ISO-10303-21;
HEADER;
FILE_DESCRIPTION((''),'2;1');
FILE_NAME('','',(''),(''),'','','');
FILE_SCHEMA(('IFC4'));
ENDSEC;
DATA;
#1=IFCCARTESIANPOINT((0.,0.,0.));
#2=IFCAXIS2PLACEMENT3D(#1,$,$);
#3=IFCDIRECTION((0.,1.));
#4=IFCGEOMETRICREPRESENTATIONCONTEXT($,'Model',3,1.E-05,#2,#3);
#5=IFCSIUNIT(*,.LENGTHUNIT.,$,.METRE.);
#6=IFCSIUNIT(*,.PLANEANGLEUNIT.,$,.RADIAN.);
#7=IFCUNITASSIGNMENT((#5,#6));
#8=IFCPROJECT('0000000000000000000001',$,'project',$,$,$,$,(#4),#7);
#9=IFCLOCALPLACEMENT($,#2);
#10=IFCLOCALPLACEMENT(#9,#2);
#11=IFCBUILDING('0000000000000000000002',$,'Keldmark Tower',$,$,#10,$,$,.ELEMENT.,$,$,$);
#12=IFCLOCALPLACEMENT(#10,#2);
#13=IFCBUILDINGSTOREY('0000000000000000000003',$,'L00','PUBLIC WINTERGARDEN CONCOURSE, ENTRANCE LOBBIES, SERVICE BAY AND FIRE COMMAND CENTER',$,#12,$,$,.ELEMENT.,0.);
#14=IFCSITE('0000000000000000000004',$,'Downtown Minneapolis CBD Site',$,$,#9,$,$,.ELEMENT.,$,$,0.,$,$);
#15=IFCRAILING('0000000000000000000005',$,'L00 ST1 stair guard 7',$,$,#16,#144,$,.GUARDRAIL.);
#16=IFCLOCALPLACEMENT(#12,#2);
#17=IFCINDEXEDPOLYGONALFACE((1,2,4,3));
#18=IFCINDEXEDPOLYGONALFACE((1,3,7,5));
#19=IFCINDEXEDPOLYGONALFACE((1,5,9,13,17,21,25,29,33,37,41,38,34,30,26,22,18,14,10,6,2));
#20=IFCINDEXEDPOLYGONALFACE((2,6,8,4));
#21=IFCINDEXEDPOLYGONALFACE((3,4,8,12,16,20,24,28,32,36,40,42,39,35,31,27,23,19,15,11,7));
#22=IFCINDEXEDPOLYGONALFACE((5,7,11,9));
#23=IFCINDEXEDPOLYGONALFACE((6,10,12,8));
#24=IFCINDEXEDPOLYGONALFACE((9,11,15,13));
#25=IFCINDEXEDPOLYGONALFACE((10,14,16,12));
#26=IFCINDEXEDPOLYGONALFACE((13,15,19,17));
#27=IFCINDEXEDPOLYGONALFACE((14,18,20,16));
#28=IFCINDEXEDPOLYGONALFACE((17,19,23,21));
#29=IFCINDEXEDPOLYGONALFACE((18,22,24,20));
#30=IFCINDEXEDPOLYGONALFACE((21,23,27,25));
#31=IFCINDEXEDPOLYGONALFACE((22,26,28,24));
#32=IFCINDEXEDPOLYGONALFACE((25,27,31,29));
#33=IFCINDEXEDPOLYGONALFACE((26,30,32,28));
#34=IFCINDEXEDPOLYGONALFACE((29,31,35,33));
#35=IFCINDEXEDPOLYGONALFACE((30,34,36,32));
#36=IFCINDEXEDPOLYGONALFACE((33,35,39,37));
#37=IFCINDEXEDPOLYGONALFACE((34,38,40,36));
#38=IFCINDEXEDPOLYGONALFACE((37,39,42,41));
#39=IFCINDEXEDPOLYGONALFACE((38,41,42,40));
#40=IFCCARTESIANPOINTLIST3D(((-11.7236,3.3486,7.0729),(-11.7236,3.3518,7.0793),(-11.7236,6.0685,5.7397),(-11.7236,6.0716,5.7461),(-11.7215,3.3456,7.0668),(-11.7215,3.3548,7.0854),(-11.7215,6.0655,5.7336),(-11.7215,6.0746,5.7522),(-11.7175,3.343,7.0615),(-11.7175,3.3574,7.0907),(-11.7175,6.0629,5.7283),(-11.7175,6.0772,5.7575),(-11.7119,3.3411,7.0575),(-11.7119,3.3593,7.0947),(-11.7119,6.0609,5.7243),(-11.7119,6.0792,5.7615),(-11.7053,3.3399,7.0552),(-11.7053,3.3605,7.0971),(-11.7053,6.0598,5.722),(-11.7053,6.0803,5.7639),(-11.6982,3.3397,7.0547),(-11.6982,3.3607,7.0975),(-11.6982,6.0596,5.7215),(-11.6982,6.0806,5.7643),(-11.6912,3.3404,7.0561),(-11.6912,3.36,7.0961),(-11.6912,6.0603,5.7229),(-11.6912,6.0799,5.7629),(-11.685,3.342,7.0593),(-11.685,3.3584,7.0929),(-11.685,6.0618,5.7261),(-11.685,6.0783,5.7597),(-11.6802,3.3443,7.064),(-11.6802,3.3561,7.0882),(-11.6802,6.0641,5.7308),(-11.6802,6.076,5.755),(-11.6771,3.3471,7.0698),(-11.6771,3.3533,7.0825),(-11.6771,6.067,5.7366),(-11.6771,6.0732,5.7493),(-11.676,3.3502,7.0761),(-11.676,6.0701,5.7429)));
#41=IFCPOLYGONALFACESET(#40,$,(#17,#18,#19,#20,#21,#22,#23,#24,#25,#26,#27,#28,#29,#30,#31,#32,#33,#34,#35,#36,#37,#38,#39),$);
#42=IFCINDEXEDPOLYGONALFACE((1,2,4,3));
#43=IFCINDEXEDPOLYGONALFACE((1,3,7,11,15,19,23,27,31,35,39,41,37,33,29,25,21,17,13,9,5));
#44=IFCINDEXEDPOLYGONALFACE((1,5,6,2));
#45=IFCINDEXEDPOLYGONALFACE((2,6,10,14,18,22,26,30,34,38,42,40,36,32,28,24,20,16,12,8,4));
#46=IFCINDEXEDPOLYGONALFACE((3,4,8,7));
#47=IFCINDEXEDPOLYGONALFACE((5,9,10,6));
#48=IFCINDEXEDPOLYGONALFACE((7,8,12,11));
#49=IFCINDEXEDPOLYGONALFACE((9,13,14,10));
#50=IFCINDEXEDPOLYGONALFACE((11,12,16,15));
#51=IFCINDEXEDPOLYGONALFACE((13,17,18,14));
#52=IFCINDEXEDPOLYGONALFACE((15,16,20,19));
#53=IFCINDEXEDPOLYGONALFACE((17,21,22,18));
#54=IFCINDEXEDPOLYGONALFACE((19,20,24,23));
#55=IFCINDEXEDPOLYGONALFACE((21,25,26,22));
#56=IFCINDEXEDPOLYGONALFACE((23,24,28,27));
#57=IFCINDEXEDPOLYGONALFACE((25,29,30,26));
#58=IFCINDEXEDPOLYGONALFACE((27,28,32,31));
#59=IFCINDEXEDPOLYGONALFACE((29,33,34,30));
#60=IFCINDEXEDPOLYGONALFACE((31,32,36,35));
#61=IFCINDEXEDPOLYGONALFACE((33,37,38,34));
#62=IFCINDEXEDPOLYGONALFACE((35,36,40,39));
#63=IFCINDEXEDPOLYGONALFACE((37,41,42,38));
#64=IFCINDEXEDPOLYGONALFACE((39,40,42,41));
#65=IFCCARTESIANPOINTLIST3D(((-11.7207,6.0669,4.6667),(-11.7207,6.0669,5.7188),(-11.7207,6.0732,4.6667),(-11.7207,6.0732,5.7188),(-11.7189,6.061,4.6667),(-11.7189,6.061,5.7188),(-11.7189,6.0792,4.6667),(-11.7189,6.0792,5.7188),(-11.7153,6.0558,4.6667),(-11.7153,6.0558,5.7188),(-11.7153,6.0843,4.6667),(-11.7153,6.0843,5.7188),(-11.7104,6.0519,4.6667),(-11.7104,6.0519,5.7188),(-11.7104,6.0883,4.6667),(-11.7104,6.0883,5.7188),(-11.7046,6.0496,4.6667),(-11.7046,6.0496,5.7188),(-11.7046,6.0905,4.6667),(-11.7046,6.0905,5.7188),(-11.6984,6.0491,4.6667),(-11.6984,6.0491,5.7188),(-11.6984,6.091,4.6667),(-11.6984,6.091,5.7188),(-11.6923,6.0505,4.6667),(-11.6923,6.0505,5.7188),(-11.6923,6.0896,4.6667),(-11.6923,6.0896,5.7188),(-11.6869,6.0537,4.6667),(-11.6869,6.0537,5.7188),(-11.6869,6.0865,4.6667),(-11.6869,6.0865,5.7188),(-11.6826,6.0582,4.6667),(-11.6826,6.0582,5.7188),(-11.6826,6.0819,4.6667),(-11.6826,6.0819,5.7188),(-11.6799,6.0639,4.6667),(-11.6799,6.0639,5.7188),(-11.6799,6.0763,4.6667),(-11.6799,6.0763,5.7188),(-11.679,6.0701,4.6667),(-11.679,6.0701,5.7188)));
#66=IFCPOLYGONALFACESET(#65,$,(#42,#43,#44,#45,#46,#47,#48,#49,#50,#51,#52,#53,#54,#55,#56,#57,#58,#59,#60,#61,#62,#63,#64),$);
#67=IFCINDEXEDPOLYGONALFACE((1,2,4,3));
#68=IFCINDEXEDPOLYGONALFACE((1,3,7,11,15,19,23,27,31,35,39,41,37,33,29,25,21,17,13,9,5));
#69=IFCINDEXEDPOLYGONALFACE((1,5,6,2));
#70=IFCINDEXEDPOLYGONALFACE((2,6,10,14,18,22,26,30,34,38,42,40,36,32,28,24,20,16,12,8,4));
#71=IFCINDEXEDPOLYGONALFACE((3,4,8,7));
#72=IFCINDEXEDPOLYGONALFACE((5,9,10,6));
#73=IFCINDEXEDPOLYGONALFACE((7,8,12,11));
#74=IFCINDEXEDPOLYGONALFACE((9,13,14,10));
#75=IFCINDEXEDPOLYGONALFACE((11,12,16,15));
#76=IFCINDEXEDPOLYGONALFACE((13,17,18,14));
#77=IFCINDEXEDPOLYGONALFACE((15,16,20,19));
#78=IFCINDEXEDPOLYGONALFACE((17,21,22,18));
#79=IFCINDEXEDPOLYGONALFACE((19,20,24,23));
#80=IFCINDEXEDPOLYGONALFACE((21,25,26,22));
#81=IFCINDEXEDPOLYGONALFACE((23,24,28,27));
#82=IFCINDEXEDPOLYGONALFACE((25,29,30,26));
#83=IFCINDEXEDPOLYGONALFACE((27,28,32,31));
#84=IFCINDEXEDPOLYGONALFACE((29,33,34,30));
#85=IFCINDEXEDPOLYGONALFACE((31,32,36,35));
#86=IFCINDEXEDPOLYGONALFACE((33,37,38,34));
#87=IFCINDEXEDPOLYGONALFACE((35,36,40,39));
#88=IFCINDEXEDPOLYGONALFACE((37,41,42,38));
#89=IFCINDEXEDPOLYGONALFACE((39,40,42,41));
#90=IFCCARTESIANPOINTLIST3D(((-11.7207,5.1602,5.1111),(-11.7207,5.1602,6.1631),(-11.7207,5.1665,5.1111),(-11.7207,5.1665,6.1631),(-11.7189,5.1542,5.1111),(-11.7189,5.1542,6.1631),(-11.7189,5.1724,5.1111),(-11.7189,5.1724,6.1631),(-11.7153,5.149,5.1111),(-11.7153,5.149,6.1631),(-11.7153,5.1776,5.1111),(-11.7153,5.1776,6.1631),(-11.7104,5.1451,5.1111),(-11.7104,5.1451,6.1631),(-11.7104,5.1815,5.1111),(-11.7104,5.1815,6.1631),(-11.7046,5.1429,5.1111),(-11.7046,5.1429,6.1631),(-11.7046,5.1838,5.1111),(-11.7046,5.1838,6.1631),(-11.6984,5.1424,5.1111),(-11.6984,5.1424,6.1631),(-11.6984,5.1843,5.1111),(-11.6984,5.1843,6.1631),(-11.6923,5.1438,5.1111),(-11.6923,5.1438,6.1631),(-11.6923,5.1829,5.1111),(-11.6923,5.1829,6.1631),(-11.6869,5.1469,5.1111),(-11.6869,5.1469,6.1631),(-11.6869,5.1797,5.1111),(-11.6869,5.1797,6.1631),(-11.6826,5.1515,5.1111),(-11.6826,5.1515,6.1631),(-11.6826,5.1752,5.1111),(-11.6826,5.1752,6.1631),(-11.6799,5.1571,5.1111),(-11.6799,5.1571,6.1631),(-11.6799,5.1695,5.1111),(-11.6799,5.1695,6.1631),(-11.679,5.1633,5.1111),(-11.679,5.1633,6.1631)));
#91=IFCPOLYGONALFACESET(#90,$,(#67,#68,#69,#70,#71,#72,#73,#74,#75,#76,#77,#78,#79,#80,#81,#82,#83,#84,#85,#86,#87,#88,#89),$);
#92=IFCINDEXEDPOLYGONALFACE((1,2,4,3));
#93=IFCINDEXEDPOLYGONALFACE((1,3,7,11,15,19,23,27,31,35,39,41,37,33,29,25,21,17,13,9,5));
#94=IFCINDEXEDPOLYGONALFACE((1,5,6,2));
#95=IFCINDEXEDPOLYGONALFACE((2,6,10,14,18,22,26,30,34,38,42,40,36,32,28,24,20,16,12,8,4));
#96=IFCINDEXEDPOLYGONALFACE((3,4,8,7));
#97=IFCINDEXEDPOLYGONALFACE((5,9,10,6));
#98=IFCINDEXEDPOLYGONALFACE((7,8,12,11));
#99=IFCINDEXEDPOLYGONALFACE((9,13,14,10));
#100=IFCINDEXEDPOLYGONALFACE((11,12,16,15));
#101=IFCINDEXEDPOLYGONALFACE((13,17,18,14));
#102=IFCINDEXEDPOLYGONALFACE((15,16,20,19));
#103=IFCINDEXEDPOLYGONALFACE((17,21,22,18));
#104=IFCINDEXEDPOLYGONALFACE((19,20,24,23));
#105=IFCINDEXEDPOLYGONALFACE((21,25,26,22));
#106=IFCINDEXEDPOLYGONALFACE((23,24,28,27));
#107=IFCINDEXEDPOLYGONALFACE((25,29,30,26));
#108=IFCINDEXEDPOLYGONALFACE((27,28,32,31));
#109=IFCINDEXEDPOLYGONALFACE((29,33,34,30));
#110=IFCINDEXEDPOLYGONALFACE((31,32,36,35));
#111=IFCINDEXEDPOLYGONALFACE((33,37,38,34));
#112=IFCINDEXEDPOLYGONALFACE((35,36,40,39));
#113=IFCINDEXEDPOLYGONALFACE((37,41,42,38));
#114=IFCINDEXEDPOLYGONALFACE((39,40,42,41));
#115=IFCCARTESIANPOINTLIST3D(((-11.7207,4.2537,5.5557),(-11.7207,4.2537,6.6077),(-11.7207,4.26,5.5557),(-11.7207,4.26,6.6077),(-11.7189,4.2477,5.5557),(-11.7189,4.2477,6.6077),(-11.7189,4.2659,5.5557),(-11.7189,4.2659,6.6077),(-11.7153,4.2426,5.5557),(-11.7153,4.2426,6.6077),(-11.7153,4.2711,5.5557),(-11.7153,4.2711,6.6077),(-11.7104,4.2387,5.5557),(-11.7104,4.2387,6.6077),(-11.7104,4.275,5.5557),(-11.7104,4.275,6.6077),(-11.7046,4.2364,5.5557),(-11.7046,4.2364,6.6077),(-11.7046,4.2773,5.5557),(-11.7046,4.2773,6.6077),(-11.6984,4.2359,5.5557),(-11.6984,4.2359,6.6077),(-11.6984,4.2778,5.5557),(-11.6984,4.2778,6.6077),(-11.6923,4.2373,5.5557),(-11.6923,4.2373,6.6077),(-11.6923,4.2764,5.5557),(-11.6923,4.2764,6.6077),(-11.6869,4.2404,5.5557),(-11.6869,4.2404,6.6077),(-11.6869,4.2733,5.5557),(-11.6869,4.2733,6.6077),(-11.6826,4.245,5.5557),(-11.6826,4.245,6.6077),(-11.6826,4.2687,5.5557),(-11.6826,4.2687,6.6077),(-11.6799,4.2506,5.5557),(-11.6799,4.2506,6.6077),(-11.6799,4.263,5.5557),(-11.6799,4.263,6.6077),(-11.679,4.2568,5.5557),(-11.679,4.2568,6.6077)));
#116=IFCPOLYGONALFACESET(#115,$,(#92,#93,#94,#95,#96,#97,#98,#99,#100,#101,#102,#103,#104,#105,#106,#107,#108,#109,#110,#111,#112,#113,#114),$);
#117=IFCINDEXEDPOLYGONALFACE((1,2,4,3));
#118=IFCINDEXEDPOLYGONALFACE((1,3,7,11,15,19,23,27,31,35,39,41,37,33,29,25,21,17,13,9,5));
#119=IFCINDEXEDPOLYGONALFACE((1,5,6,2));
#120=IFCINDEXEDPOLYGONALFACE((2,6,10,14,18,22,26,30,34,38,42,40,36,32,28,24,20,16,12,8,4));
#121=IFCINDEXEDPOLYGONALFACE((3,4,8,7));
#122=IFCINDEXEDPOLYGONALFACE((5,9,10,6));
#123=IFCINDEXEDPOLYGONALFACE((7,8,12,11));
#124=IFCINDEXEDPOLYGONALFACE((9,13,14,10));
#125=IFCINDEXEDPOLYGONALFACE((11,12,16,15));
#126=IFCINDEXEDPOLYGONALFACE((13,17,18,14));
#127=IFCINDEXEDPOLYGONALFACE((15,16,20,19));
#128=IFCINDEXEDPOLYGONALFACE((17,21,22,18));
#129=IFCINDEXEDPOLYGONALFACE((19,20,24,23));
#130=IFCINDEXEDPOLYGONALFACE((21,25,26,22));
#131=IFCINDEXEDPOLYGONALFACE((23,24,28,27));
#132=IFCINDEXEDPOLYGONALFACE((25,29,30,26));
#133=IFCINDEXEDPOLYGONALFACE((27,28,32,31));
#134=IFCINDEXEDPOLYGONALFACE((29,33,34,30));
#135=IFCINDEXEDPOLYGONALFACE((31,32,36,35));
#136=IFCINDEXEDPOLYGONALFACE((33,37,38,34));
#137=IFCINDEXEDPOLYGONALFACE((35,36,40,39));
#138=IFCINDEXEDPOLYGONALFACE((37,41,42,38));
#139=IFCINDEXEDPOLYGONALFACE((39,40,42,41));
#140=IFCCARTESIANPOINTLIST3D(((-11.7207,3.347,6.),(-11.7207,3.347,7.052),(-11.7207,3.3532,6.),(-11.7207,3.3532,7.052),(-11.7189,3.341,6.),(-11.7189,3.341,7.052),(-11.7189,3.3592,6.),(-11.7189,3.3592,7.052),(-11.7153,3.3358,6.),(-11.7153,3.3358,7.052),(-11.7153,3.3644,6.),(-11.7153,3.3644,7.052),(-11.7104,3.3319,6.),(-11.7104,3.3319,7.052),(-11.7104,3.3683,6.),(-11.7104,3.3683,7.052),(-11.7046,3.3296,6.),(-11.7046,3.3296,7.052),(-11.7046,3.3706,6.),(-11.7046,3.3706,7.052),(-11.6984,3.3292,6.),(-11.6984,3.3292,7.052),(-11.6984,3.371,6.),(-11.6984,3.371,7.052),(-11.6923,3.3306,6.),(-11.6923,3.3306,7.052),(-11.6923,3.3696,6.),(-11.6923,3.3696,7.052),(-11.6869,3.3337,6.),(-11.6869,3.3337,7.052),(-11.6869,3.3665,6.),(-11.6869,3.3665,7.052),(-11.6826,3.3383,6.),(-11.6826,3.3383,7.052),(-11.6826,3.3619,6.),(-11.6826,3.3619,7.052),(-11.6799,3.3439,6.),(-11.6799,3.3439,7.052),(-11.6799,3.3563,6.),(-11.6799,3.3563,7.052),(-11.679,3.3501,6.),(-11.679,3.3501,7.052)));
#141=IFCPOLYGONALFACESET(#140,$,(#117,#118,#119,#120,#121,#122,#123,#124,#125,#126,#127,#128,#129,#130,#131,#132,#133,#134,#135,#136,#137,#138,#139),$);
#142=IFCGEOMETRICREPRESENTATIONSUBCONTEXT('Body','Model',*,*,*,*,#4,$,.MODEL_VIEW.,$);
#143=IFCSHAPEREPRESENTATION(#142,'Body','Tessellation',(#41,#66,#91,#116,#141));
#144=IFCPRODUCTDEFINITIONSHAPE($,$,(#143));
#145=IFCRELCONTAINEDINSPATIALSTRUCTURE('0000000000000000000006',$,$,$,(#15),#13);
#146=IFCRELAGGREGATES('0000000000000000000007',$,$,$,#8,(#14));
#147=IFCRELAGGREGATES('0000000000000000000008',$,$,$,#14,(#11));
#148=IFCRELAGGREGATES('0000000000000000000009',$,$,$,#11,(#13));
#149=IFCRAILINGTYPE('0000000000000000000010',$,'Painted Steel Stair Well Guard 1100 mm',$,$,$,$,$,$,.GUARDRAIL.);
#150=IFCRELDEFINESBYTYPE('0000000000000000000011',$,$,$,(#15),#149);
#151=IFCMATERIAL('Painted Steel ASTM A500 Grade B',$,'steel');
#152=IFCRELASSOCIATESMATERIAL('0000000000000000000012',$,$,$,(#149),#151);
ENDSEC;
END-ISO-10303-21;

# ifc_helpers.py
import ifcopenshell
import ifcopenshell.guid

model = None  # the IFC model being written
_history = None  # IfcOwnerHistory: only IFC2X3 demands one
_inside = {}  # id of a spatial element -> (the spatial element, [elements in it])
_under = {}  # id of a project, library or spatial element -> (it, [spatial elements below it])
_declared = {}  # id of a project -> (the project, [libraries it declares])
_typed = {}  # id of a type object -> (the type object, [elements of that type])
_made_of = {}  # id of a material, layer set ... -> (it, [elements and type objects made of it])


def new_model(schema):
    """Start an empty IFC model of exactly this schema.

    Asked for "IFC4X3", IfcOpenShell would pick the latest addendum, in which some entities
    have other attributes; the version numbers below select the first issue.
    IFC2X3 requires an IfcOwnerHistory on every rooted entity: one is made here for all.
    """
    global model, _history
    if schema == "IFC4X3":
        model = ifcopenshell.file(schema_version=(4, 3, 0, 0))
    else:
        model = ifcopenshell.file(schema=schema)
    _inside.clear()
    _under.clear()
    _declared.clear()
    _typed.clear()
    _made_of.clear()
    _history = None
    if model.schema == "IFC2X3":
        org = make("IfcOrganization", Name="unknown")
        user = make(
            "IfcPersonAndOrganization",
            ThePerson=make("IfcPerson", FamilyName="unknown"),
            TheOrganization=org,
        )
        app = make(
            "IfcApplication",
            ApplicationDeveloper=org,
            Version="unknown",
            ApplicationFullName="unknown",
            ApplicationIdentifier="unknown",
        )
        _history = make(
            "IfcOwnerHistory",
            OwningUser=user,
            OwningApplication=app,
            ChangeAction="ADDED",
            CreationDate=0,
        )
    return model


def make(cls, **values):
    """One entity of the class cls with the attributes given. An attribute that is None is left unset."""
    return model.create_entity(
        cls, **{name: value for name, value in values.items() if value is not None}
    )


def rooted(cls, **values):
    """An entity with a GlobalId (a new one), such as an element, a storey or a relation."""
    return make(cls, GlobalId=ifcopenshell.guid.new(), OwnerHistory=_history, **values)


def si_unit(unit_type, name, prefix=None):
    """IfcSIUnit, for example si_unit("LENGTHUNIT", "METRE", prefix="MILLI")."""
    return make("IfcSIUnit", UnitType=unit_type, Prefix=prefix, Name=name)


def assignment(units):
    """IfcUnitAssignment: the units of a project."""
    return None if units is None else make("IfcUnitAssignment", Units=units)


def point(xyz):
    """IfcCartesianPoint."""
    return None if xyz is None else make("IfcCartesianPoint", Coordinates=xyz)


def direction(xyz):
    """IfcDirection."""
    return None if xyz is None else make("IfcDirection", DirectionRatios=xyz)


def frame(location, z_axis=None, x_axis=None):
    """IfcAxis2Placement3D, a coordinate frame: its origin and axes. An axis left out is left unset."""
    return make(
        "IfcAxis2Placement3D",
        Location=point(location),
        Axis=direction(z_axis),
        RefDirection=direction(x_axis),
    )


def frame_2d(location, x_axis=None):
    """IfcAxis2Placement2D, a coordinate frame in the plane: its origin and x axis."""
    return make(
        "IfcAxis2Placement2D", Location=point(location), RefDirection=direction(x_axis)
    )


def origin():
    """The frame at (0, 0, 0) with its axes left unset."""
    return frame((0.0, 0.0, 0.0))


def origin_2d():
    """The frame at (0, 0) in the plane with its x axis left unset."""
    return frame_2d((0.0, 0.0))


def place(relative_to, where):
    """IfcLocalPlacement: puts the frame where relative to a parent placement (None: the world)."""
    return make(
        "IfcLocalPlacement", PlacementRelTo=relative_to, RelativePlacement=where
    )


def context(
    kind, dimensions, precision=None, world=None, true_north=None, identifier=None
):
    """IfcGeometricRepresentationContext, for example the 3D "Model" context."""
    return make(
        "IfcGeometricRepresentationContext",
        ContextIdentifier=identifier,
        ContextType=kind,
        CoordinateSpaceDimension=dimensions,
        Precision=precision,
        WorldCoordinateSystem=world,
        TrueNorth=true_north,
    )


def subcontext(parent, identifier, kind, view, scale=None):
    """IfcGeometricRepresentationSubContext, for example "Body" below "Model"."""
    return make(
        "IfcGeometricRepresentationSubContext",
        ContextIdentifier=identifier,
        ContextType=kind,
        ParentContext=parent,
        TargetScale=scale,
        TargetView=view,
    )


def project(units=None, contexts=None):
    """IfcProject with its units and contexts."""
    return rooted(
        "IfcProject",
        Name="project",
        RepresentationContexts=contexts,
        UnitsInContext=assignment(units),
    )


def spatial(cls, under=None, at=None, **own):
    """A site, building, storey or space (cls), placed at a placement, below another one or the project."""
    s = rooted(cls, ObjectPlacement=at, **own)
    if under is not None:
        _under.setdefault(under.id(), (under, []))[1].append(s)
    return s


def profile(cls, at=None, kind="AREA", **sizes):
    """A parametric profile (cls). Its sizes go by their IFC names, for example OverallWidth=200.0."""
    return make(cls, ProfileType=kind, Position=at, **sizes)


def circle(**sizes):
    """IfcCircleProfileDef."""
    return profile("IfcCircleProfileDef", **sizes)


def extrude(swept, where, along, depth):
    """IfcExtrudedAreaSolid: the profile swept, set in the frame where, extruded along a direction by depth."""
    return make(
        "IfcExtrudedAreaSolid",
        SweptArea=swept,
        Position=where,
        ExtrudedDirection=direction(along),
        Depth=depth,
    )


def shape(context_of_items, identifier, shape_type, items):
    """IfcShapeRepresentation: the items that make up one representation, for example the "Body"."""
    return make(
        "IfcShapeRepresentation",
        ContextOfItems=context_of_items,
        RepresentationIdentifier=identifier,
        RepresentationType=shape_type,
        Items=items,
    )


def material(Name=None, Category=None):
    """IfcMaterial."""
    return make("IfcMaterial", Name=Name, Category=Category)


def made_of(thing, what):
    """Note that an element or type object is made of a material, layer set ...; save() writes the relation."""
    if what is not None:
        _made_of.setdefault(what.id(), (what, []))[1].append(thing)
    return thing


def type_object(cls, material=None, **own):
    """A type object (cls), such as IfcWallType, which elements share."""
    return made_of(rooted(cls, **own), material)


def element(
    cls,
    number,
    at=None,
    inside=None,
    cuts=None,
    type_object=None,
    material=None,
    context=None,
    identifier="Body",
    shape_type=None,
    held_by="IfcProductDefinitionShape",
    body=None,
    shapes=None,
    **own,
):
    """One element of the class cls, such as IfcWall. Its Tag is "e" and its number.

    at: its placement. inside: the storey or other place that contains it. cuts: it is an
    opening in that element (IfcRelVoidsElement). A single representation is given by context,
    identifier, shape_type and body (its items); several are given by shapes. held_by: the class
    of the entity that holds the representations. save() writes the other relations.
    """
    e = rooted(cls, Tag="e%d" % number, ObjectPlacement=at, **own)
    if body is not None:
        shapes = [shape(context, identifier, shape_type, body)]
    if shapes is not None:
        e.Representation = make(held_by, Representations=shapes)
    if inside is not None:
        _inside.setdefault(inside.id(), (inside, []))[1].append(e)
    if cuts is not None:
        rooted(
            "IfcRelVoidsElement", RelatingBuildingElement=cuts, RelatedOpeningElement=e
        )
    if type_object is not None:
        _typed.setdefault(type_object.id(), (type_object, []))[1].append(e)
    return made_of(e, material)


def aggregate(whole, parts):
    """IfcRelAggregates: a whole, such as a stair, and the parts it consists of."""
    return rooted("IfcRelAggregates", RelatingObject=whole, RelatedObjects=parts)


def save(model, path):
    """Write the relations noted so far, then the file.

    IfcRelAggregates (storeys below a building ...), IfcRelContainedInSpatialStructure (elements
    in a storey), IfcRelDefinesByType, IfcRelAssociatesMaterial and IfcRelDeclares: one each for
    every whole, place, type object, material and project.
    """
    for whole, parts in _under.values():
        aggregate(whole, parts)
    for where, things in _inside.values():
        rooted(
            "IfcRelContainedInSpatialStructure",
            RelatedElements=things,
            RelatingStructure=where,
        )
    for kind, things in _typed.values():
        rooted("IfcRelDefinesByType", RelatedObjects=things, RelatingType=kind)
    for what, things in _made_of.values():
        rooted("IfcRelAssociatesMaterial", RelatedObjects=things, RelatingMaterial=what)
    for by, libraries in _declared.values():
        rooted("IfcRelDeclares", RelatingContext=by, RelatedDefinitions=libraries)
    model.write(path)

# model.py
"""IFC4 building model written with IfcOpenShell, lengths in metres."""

from ifc_helpers import new_model, si_unit, direction, frame, origin, origin_2d, place, context, subcontext, project, spatial, circle, extrude, material, type_object, element, save


model = new_model("IFC4")

# Units and contexts
model_context = context("Model", 3, precision=1e-05, world=origin(), true_north=direction((0.0, 1.0)))
body_context = subcontext(model_context, "Body", "Model", "MODEL_VIEW")
ifc_project = project(units=[si_unit("LENGTHUNIT", "METRE"), si_unit("PLANEANGLEUNIT", "RADIAN")], contexts=[model_context])

# Site, building, storey
site_placement = place(None, origin())
site = spatial("IfcSite", under=ifc_project, at=site_placement, Name="Downtown Minneapolis CBD Site", CompositionType="ELEMENT", RefElevation=0.0)
building_placement = place(site_placement, origin())
building = spatial("IfcBuilding", under=site, at=building_placement, Name="Keldmark Tower", CompositionType="ELEMENT")
storey_placement = place(building_placement, origin())
storey = spatial("IfcBuildingStorey", under=building, at=storey_placement, Name="L00", Description="PUBLIC WINTERGARDEN CONCOURSE, ENTRANCE LOBBIES, SERVICE BAY AND FIRE COMMAND CENTER", CompositionType="ELEMENT", Elevation=0.0)

# Railing
ifc_material_1 = material(Name="Painted Steel ASTM A500 Grade B", Category="steel")
railing_type = type_object("IfcRailingType", Name="Painted Steel Stair Well Guard 1100 mm", PredefinedType="GUARDRAIL", material=ifc_material_1)
railing_1_placement = place(storey_placement, frame((-11.7, 6.0701, 4.6667)))
element("IfcRailing", 1, at=railing_1_placement, inside=storey, type_object=railing_type, Name="L00 ST1 stair guard 7", PredefinedType="GUARDRAIL", context=body_context, shape_type="SweptSolid", body=[
    extrude(circle(Radius=0.0239, at=origin_2d()), frame((0.0, 0.0, 1.0762), z_axis=(0.0, -0.897929, 0.440139), x_axis=(1.0, 0.0, 0.0)), (0.0, 0.0, 1.0), 3.0291),
    extrude(circle(Radius=0.021, at=origin_2d()), origin(), (0.0, 0.0, 1.0), 1.052),
    extrude(circle(Radius=0.021, at=origin_2d()), frame((0.0, -0.9067, 0.4443)), (0.0, 0.0, 1.0), 1.052),
    extrude(circle(Radius=0.021, at=origin_2d()), frame((0.0, -1.8132, 0.8889)), (0.0, 0.0, 1.0), 1.052),
    extrude(circle(Radius=0.021, at=origin_2d()), frame((0.0, -2.72, 1.3333)), (0.0, 0.0, 1.0), 1.052),
])

save(model, "model.ifc")
